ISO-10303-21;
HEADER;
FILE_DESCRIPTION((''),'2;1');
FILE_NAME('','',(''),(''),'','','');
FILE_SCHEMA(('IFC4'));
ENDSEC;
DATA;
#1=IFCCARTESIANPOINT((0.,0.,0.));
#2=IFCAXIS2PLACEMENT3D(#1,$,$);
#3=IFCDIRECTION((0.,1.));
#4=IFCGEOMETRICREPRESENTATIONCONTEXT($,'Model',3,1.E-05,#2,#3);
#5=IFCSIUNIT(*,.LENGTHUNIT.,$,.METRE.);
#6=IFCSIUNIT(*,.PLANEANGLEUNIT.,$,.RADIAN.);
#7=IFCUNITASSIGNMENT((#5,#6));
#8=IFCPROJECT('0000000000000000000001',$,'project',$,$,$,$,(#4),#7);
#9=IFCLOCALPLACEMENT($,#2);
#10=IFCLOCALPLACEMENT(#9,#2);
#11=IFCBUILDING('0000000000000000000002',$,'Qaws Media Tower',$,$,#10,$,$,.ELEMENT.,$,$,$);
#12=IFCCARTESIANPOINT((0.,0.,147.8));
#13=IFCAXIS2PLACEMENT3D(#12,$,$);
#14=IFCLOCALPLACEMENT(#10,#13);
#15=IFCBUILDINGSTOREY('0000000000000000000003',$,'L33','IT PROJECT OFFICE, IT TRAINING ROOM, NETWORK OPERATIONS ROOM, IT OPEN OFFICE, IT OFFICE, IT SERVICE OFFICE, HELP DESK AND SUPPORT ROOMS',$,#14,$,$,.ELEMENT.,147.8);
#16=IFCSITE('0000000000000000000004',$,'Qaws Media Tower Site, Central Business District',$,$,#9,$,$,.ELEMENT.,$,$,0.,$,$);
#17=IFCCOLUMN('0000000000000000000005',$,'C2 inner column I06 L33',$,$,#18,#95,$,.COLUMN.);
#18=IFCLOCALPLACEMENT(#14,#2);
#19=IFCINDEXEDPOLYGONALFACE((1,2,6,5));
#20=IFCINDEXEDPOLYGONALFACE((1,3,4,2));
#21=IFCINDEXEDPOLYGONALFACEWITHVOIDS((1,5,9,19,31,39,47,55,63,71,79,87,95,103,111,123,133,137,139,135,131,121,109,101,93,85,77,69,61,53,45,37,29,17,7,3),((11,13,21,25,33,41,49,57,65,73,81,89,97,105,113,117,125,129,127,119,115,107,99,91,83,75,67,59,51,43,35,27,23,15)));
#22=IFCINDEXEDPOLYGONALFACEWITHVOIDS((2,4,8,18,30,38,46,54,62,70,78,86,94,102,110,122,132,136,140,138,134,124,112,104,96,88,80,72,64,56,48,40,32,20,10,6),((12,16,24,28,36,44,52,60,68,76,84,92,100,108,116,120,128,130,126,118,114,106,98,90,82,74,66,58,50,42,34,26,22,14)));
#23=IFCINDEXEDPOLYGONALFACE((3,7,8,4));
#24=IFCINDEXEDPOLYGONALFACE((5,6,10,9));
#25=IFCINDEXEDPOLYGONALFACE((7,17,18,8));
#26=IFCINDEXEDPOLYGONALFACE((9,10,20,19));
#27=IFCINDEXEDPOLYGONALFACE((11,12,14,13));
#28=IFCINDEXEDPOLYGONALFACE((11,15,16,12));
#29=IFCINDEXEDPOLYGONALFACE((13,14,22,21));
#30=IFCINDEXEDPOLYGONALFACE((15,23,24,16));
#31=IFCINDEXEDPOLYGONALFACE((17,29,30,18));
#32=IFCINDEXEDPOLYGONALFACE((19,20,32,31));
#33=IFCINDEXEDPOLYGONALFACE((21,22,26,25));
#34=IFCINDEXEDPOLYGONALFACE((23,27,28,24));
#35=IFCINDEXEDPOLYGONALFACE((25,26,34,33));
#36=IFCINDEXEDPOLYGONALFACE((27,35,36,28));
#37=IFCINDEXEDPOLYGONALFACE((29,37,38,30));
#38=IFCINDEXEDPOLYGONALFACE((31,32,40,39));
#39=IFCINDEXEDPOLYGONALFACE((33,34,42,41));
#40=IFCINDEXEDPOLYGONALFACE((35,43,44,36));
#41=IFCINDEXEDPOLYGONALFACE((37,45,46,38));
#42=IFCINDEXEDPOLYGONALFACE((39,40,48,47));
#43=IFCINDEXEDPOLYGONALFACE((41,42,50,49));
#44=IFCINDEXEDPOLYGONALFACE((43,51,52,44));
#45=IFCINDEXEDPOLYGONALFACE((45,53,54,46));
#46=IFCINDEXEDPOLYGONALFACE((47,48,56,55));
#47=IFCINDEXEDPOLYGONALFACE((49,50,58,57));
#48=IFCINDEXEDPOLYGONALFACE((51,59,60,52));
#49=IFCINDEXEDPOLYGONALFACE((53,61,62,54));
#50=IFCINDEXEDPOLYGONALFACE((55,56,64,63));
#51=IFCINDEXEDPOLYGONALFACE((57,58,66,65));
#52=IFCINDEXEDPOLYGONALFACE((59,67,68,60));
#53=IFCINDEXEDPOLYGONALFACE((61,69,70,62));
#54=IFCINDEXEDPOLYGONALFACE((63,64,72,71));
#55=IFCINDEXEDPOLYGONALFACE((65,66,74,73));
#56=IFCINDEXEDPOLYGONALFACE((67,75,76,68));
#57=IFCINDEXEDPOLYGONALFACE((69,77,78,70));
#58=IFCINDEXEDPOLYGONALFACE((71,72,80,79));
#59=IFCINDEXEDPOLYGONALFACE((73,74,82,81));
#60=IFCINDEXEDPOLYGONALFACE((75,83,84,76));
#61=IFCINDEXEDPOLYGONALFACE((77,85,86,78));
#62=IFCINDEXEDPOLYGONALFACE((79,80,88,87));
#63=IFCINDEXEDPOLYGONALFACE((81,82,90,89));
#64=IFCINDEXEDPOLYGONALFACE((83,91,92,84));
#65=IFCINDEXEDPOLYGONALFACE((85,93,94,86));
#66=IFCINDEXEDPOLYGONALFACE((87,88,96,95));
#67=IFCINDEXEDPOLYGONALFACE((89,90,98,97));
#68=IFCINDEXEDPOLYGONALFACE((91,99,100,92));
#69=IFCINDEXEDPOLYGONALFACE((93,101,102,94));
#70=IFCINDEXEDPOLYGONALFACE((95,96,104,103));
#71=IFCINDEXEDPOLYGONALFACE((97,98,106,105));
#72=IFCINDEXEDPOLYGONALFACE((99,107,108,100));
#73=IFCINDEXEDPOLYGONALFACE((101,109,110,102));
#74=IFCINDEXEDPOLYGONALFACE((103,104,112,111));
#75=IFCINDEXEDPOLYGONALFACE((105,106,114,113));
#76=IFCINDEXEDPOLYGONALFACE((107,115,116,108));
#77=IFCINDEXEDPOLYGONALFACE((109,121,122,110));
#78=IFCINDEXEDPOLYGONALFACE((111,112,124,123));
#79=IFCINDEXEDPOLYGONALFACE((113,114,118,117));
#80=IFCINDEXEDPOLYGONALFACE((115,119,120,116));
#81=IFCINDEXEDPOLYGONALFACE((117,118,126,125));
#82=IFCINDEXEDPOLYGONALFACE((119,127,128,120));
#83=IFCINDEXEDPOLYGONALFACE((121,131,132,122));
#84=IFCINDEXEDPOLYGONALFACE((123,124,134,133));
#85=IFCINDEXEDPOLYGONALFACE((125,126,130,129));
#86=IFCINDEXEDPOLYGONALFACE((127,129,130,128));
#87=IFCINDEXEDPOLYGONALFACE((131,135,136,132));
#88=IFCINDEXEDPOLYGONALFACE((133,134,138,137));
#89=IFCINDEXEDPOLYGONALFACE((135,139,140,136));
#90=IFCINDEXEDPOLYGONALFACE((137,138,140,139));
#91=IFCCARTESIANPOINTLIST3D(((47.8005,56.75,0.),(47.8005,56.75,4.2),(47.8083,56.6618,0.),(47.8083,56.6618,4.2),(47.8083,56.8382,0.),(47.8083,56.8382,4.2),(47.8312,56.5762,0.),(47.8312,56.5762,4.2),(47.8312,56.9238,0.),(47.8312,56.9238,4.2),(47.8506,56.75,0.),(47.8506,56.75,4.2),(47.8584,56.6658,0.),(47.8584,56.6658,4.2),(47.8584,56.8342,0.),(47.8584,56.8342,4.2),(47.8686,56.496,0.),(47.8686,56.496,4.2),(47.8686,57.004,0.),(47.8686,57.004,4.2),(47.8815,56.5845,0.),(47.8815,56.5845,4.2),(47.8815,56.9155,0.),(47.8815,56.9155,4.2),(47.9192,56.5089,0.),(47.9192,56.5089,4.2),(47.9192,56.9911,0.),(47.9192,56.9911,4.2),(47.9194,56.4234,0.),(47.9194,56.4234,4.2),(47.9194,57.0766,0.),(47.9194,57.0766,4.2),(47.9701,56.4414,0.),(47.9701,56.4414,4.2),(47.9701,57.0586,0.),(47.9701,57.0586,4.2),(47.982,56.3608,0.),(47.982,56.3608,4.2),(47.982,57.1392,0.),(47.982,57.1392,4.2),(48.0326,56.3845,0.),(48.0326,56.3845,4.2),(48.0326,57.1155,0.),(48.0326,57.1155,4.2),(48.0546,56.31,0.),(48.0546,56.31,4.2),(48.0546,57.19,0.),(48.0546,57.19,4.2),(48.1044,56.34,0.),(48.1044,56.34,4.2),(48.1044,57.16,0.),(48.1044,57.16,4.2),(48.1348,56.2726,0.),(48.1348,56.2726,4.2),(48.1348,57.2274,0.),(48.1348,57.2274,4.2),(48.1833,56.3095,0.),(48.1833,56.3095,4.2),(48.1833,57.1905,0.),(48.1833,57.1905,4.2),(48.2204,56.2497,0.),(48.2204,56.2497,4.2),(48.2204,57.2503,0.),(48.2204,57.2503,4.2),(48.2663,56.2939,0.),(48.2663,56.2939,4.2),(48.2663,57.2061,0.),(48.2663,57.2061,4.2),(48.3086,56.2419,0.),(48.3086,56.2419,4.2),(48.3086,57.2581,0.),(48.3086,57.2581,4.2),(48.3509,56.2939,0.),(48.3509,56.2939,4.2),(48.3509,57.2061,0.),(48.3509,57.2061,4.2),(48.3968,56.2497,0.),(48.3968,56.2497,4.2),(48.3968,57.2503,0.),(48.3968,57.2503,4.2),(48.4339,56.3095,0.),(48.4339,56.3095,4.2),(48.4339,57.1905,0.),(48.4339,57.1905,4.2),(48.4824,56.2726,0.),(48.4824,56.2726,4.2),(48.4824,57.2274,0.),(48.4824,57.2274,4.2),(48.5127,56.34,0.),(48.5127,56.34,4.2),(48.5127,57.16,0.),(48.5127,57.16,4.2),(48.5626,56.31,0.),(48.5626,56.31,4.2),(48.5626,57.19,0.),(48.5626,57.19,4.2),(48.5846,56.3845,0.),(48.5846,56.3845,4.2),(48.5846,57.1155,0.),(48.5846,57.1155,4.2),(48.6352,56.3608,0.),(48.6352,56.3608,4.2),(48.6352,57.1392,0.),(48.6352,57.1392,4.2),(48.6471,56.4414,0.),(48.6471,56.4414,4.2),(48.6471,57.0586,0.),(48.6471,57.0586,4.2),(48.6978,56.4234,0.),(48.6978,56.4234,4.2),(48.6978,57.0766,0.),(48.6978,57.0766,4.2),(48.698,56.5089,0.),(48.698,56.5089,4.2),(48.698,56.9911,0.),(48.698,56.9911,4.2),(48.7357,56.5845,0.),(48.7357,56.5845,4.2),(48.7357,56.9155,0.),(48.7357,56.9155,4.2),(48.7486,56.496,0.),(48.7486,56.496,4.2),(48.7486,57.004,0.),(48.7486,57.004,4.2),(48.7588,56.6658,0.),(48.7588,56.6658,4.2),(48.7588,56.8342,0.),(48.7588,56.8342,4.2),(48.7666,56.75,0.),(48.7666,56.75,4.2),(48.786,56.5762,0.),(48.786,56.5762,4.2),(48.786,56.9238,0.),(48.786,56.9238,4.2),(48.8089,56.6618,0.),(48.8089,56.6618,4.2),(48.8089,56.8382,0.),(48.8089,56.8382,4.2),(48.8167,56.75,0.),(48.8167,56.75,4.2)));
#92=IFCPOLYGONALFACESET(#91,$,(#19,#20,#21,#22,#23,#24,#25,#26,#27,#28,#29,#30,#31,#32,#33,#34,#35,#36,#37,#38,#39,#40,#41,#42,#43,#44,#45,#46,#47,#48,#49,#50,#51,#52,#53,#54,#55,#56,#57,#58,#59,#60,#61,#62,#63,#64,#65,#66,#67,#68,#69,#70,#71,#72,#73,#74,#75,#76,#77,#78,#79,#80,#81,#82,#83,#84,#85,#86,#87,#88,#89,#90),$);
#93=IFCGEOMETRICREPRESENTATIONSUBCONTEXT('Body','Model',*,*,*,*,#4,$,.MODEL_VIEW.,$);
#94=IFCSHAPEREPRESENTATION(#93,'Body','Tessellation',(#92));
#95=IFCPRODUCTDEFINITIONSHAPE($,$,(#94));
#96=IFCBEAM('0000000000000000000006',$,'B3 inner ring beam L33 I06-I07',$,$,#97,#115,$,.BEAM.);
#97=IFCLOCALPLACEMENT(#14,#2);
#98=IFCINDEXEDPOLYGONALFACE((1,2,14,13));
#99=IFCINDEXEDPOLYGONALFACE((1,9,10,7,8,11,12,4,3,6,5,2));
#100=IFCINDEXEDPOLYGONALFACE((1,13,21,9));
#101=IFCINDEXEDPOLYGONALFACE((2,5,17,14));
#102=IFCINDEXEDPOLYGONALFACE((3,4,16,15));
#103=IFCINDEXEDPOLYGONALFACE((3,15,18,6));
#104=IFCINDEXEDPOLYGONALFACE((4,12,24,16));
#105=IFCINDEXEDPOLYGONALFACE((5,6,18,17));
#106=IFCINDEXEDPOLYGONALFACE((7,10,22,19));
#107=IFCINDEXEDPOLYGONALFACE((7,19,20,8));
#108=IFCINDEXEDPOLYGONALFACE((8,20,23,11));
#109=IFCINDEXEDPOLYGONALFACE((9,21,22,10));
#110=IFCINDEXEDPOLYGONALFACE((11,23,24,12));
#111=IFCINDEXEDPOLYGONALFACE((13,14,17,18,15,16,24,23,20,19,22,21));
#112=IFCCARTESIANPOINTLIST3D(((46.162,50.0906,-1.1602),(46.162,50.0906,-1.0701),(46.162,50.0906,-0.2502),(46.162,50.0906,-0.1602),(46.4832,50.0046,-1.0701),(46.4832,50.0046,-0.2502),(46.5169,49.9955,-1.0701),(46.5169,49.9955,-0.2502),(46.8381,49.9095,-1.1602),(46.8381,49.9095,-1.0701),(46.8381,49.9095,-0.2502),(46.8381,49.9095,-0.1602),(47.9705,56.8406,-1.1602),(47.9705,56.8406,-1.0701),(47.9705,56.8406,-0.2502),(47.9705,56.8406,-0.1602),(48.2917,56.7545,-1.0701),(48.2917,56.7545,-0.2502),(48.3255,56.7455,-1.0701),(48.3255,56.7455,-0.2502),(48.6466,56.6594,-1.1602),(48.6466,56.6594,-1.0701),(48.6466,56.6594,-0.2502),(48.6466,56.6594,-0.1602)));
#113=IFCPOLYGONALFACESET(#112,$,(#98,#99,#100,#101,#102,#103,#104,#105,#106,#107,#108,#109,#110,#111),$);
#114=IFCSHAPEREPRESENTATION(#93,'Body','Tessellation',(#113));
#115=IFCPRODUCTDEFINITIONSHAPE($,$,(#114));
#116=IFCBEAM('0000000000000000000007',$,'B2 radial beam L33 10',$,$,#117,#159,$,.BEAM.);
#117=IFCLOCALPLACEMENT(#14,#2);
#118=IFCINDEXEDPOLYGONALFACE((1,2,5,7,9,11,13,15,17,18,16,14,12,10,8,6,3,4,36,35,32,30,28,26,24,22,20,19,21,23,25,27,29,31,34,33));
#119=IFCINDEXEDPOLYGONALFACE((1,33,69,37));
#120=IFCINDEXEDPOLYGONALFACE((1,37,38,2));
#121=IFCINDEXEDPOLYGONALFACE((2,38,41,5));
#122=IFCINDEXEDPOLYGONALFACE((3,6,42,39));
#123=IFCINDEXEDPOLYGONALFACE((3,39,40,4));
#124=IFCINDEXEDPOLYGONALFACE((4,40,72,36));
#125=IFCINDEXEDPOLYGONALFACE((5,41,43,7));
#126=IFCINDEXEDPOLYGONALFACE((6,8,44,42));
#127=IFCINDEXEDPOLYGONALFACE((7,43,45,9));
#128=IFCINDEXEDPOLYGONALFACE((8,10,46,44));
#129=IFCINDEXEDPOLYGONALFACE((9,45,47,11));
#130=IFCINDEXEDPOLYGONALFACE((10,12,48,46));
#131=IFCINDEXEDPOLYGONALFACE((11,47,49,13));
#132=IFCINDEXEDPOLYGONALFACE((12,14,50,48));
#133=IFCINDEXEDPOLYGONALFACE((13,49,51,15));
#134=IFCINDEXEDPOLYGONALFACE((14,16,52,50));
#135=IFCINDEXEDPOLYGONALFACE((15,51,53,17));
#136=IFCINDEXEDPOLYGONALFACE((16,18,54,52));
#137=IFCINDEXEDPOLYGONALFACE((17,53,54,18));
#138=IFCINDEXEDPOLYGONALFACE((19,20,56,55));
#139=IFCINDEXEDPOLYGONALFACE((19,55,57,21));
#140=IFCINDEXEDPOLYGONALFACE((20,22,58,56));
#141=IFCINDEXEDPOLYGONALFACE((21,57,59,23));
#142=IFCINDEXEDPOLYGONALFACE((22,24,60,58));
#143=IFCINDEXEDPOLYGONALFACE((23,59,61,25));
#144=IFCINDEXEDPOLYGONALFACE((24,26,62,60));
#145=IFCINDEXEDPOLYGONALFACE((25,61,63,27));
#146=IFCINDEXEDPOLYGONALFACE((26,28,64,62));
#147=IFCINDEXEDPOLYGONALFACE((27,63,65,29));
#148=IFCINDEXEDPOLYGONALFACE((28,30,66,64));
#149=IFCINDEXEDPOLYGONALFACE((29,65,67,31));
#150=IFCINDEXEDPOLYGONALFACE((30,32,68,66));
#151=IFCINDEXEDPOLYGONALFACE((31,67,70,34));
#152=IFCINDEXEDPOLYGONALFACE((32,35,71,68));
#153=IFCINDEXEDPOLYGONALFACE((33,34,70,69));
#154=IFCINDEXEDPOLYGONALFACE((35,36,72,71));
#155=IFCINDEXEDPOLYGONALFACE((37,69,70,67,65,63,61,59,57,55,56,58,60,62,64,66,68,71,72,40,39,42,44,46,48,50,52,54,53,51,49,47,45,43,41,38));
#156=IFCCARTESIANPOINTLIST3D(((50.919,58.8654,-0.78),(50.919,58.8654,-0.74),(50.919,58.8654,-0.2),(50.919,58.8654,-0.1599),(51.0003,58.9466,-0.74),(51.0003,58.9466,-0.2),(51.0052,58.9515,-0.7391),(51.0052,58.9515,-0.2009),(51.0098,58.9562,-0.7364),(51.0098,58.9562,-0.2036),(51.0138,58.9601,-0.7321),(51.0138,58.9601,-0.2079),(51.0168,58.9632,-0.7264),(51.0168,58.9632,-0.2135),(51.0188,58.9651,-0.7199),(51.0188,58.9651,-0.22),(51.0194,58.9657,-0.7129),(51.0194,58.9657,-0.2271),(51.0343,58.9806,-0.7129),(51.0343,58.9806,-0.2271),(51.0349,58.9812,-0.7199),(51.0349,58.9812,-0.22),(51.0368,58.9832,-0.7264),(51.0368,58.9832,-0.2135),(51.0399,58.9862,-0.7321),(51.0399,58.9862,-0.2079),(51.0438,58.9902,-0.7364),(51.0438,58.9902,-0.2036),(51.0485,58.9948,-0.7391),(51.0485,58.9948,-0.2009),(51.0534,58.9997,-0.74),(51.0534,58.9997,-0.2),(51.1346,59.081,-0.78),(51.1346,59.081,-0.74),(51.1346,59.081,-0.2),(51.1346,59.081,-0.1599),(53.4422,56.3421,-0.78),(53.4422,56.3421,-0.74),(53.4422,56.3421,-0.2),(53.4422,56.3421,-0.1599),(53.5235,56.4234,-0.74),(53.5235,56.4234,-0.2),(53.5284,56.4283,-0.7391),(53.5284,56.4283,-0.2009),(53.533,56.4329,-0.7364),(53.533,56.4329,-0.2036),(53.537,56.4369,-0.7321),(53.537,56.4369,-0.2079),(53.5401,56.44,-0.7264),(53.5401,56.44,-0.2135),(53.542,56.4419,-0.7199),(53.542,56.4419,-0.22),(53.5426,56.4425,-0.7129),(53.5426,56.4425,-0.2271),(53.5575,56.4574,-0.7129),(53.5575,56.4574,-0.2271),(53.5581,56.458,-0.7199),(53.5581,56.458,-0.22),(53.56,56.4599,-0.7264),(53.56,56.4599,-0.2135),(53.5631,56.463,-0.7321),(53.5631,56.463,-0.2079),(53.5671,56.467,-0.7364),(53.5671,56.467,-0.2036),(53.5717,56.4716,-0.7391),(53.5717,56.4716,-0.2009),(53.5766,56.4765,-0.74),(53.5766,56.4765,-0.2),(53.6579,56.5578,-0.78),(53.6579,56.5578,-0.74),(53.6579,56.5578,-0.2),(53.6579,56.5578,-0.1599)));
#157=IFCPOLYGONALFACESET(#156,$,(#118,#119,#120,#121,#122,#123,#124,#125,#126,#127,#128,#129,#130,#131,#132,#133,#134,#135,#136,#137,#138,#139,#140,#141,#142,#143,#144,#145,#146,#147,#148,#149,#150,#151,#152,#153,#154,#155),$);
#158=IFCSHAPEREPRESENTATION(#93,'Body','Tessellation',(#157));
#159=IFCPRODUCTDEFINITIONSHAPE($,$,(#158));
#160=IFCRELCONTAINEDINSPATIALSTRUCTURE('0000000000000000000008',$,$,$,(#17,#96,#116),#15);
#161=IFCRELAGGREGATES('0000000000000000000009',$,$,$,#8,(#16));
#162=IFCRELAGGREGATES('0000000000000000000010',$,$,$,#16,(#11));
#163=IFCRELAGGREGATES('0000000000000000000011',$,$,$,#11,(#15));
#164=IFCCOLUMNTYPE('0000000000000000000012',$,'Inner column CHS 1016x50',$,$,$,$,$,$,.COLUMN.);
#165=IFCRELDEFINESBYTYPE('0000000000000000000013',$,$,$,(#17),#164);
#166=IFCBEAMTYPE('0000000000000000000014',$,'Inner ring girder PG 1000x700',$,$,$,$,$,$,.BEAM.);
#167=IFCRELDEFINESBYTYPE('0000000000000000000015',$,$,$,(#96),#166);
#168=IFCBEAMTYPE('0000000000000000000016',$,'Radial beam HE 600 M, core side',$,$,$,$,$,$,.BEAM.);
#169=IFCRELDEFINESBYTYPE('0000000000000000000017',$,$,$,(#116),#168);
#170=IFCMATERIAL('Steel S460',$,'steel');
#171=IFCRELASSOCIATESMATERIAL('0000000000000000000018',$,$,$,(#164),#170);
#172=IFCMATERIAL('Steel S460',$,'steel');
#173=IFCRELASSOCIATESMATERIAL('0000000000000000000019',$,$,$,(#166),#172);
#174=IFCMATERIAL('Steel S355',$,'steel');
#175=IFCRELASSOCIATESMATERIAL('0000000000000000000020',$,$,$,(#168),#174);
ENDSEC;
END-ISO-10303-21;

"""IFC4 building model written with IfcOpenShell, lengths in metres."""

from ifc_helpers import new_model, si_unit, direction, frame, origin, origin_2d, place, context, subcontext, project, spatial, hollow_circle, i_section, extrude, material, material_profile, profile_set, type_object, element, save


model = new_model("IFC4")

# Units and contexts
model_context = context("Model", 3, precision=1e-05, world=origin(), true_north=direction((0.0, 1.0)))
body_context = subcontext(model_context, "Body", "Model", "MODEL_VIEW")
ifc_project = project(units=[si_unit("LENGTHUNIT", "METRE"), si_unit("PLANEANGLEUNIT", "RADIAN")], contexts=[model_context])

# Site, building, storey
site_placement = place(None, origin())
site = spatial("IfcSite", under=ifc_project, at=site_placement, Name="Qaws Media Tower Site, Central Business District", CompositionType="ELEMENT", RefElevation=0.0)
building_placement = place(site_placement, origin())
building = spatial("IfcBuilding", under=site, at=building_placement, Name="Qaws Media Tower", CompositionType="ELEMENT")
storey_placement = place(building_placement, frame((0.0, 0.0, 147.8)))
storey = spatial("IfcBuildingStorey", under=building, at=storey_placement, Name="L33", Description="IT PROJECT OFFICE, IT TRAINING ROOM, NETWORK OPERATIONS ROOM, IT OPEN OFFICE, IT OFFICE, IT SERVICE OFFICE, HELP DESK AND SUPPORT ROOMS", CompositionType="ELEMENT", Elevation=147.8)

# Column
ifc_material_1 = material(Name="Steel S460", Category="steel")
ifc_material_profile_1 = material_profile(ifc_material_1, hollow_circle(Radius=0.5081, WallThickness=0.05, at=origin_2d()), Name="CHS 1016x50")
ifc_profile_set_1 = profile_set([ifc_material_profile_1], Name="Steel S460")
column_type = type_object("IfcColumnType", Name="Inner column CHS 1016x50", PredefinedType="COLUMN", material=ifc_profile_set_1)
column_placement = place(storey_placement, frame((48.3086, 56.75, 0.0), z_axis=(0.0, 0.0, 1.0), x_axis=(1.0, 0.0, 0.0)))
element("IfcColumn", 1, at=column_placement, inside=storey, type_object=column_type, Name="C2 inner column I06 L33", PredefinedType="COLUMN", context=body_context, shape_type="SweptSolid", body=[
    extrude(hollow_circle(Radius=0.5081, WallThickness=0.05, at=origin_2d()), origin(), (0.0, 0.0, 1.0), 4.2),
])

# Beams
ifc_material_2 = material(Name="Steel S460", Category="steel")
ifc_material_profile_2 = material_profile(ifc_material_2, i_section(OverallWidth=0.7, OverallDepth=1.0, WebThickness=0.0349, FlangeThickness=0.0901, at=origin_2d()), Name="PG 1000x700")
ifc_profile_set_2 = profile_set([ifc_material_profile_2], Name="Steel S460")
beam_type_1 = type_object("IfcBeamType", Name="Inner ring girder PG 1000x700", PredefinedType="BEAM", material=ifc_profile_set_2)
beam_1_placement = place(storey_placement, frame((48.3086, 56.75, -0.6602), z_axis=(-0.258811, -0.965928, 0.0), x_axis=(0.965928, -0.258811, 0.0)))
element("IfcBeam", 2, at=beam_1_placement, inside=storey, type_object=beam_type_1, Name="B3 inner ring beam L33 I06-I07", PredefinedType="BEAM", context=body_context, shape_type="SweptSolid", body=[
    extrude(i_section(OverallWidth=0.7, OverallDepth=1.0, WebThickness=0.0349, FlangeThickness=0.0901, at=origin_2d()), origin(), (0.0, 0.0, 1.0), 6.988),
])
ifc_material_3 = material(Name="Steel S355", Category="steel")
ifc_material_profile_3 = material_profile(ifc_material_3, i_section(OverallWidth=0.3049, OverallDepth=0.6201, WebThickness=0.021, FlangeThickness=0.04, FilletRadius=0.0271, at=origin_2d()), Name="HE 600 M")
ifc_profile_set_3 = profile_set([ifc_material_profile_3], Name="Steel S355")
beam_type_2 = type_object("IfcBeamType", Name="Radial beam HE 600 M, core side", PredefinedType="BEAM", material=ifc_profile_set_3)
beam_2_placement = place(storey_placement, frame((53.55, 56.45, -0.47), z_axis=(-0.707107, 0.707107, 0.0), x_axis=(-0.707107, -0.707107, 0.0)))
element("IfcBeam", 3, at=beam_2_placement, inside=storey, type_object=beam_type_2, Name="B2 radial beam L33 10", PredefinedType="BEAM", context=body_context, shape_type="SweptSolid", body=[
    extrude(i_section(OverallWidth=0.3049, OverallDepth=0.6201, WebThickness=0.021, FlangeThickness=0.04, FilletRadius=0.0271, at=origin_2d()), origin(), (0.0, 0.0, 1.0), 3.5684),
])

save(model, "model.ifc")
